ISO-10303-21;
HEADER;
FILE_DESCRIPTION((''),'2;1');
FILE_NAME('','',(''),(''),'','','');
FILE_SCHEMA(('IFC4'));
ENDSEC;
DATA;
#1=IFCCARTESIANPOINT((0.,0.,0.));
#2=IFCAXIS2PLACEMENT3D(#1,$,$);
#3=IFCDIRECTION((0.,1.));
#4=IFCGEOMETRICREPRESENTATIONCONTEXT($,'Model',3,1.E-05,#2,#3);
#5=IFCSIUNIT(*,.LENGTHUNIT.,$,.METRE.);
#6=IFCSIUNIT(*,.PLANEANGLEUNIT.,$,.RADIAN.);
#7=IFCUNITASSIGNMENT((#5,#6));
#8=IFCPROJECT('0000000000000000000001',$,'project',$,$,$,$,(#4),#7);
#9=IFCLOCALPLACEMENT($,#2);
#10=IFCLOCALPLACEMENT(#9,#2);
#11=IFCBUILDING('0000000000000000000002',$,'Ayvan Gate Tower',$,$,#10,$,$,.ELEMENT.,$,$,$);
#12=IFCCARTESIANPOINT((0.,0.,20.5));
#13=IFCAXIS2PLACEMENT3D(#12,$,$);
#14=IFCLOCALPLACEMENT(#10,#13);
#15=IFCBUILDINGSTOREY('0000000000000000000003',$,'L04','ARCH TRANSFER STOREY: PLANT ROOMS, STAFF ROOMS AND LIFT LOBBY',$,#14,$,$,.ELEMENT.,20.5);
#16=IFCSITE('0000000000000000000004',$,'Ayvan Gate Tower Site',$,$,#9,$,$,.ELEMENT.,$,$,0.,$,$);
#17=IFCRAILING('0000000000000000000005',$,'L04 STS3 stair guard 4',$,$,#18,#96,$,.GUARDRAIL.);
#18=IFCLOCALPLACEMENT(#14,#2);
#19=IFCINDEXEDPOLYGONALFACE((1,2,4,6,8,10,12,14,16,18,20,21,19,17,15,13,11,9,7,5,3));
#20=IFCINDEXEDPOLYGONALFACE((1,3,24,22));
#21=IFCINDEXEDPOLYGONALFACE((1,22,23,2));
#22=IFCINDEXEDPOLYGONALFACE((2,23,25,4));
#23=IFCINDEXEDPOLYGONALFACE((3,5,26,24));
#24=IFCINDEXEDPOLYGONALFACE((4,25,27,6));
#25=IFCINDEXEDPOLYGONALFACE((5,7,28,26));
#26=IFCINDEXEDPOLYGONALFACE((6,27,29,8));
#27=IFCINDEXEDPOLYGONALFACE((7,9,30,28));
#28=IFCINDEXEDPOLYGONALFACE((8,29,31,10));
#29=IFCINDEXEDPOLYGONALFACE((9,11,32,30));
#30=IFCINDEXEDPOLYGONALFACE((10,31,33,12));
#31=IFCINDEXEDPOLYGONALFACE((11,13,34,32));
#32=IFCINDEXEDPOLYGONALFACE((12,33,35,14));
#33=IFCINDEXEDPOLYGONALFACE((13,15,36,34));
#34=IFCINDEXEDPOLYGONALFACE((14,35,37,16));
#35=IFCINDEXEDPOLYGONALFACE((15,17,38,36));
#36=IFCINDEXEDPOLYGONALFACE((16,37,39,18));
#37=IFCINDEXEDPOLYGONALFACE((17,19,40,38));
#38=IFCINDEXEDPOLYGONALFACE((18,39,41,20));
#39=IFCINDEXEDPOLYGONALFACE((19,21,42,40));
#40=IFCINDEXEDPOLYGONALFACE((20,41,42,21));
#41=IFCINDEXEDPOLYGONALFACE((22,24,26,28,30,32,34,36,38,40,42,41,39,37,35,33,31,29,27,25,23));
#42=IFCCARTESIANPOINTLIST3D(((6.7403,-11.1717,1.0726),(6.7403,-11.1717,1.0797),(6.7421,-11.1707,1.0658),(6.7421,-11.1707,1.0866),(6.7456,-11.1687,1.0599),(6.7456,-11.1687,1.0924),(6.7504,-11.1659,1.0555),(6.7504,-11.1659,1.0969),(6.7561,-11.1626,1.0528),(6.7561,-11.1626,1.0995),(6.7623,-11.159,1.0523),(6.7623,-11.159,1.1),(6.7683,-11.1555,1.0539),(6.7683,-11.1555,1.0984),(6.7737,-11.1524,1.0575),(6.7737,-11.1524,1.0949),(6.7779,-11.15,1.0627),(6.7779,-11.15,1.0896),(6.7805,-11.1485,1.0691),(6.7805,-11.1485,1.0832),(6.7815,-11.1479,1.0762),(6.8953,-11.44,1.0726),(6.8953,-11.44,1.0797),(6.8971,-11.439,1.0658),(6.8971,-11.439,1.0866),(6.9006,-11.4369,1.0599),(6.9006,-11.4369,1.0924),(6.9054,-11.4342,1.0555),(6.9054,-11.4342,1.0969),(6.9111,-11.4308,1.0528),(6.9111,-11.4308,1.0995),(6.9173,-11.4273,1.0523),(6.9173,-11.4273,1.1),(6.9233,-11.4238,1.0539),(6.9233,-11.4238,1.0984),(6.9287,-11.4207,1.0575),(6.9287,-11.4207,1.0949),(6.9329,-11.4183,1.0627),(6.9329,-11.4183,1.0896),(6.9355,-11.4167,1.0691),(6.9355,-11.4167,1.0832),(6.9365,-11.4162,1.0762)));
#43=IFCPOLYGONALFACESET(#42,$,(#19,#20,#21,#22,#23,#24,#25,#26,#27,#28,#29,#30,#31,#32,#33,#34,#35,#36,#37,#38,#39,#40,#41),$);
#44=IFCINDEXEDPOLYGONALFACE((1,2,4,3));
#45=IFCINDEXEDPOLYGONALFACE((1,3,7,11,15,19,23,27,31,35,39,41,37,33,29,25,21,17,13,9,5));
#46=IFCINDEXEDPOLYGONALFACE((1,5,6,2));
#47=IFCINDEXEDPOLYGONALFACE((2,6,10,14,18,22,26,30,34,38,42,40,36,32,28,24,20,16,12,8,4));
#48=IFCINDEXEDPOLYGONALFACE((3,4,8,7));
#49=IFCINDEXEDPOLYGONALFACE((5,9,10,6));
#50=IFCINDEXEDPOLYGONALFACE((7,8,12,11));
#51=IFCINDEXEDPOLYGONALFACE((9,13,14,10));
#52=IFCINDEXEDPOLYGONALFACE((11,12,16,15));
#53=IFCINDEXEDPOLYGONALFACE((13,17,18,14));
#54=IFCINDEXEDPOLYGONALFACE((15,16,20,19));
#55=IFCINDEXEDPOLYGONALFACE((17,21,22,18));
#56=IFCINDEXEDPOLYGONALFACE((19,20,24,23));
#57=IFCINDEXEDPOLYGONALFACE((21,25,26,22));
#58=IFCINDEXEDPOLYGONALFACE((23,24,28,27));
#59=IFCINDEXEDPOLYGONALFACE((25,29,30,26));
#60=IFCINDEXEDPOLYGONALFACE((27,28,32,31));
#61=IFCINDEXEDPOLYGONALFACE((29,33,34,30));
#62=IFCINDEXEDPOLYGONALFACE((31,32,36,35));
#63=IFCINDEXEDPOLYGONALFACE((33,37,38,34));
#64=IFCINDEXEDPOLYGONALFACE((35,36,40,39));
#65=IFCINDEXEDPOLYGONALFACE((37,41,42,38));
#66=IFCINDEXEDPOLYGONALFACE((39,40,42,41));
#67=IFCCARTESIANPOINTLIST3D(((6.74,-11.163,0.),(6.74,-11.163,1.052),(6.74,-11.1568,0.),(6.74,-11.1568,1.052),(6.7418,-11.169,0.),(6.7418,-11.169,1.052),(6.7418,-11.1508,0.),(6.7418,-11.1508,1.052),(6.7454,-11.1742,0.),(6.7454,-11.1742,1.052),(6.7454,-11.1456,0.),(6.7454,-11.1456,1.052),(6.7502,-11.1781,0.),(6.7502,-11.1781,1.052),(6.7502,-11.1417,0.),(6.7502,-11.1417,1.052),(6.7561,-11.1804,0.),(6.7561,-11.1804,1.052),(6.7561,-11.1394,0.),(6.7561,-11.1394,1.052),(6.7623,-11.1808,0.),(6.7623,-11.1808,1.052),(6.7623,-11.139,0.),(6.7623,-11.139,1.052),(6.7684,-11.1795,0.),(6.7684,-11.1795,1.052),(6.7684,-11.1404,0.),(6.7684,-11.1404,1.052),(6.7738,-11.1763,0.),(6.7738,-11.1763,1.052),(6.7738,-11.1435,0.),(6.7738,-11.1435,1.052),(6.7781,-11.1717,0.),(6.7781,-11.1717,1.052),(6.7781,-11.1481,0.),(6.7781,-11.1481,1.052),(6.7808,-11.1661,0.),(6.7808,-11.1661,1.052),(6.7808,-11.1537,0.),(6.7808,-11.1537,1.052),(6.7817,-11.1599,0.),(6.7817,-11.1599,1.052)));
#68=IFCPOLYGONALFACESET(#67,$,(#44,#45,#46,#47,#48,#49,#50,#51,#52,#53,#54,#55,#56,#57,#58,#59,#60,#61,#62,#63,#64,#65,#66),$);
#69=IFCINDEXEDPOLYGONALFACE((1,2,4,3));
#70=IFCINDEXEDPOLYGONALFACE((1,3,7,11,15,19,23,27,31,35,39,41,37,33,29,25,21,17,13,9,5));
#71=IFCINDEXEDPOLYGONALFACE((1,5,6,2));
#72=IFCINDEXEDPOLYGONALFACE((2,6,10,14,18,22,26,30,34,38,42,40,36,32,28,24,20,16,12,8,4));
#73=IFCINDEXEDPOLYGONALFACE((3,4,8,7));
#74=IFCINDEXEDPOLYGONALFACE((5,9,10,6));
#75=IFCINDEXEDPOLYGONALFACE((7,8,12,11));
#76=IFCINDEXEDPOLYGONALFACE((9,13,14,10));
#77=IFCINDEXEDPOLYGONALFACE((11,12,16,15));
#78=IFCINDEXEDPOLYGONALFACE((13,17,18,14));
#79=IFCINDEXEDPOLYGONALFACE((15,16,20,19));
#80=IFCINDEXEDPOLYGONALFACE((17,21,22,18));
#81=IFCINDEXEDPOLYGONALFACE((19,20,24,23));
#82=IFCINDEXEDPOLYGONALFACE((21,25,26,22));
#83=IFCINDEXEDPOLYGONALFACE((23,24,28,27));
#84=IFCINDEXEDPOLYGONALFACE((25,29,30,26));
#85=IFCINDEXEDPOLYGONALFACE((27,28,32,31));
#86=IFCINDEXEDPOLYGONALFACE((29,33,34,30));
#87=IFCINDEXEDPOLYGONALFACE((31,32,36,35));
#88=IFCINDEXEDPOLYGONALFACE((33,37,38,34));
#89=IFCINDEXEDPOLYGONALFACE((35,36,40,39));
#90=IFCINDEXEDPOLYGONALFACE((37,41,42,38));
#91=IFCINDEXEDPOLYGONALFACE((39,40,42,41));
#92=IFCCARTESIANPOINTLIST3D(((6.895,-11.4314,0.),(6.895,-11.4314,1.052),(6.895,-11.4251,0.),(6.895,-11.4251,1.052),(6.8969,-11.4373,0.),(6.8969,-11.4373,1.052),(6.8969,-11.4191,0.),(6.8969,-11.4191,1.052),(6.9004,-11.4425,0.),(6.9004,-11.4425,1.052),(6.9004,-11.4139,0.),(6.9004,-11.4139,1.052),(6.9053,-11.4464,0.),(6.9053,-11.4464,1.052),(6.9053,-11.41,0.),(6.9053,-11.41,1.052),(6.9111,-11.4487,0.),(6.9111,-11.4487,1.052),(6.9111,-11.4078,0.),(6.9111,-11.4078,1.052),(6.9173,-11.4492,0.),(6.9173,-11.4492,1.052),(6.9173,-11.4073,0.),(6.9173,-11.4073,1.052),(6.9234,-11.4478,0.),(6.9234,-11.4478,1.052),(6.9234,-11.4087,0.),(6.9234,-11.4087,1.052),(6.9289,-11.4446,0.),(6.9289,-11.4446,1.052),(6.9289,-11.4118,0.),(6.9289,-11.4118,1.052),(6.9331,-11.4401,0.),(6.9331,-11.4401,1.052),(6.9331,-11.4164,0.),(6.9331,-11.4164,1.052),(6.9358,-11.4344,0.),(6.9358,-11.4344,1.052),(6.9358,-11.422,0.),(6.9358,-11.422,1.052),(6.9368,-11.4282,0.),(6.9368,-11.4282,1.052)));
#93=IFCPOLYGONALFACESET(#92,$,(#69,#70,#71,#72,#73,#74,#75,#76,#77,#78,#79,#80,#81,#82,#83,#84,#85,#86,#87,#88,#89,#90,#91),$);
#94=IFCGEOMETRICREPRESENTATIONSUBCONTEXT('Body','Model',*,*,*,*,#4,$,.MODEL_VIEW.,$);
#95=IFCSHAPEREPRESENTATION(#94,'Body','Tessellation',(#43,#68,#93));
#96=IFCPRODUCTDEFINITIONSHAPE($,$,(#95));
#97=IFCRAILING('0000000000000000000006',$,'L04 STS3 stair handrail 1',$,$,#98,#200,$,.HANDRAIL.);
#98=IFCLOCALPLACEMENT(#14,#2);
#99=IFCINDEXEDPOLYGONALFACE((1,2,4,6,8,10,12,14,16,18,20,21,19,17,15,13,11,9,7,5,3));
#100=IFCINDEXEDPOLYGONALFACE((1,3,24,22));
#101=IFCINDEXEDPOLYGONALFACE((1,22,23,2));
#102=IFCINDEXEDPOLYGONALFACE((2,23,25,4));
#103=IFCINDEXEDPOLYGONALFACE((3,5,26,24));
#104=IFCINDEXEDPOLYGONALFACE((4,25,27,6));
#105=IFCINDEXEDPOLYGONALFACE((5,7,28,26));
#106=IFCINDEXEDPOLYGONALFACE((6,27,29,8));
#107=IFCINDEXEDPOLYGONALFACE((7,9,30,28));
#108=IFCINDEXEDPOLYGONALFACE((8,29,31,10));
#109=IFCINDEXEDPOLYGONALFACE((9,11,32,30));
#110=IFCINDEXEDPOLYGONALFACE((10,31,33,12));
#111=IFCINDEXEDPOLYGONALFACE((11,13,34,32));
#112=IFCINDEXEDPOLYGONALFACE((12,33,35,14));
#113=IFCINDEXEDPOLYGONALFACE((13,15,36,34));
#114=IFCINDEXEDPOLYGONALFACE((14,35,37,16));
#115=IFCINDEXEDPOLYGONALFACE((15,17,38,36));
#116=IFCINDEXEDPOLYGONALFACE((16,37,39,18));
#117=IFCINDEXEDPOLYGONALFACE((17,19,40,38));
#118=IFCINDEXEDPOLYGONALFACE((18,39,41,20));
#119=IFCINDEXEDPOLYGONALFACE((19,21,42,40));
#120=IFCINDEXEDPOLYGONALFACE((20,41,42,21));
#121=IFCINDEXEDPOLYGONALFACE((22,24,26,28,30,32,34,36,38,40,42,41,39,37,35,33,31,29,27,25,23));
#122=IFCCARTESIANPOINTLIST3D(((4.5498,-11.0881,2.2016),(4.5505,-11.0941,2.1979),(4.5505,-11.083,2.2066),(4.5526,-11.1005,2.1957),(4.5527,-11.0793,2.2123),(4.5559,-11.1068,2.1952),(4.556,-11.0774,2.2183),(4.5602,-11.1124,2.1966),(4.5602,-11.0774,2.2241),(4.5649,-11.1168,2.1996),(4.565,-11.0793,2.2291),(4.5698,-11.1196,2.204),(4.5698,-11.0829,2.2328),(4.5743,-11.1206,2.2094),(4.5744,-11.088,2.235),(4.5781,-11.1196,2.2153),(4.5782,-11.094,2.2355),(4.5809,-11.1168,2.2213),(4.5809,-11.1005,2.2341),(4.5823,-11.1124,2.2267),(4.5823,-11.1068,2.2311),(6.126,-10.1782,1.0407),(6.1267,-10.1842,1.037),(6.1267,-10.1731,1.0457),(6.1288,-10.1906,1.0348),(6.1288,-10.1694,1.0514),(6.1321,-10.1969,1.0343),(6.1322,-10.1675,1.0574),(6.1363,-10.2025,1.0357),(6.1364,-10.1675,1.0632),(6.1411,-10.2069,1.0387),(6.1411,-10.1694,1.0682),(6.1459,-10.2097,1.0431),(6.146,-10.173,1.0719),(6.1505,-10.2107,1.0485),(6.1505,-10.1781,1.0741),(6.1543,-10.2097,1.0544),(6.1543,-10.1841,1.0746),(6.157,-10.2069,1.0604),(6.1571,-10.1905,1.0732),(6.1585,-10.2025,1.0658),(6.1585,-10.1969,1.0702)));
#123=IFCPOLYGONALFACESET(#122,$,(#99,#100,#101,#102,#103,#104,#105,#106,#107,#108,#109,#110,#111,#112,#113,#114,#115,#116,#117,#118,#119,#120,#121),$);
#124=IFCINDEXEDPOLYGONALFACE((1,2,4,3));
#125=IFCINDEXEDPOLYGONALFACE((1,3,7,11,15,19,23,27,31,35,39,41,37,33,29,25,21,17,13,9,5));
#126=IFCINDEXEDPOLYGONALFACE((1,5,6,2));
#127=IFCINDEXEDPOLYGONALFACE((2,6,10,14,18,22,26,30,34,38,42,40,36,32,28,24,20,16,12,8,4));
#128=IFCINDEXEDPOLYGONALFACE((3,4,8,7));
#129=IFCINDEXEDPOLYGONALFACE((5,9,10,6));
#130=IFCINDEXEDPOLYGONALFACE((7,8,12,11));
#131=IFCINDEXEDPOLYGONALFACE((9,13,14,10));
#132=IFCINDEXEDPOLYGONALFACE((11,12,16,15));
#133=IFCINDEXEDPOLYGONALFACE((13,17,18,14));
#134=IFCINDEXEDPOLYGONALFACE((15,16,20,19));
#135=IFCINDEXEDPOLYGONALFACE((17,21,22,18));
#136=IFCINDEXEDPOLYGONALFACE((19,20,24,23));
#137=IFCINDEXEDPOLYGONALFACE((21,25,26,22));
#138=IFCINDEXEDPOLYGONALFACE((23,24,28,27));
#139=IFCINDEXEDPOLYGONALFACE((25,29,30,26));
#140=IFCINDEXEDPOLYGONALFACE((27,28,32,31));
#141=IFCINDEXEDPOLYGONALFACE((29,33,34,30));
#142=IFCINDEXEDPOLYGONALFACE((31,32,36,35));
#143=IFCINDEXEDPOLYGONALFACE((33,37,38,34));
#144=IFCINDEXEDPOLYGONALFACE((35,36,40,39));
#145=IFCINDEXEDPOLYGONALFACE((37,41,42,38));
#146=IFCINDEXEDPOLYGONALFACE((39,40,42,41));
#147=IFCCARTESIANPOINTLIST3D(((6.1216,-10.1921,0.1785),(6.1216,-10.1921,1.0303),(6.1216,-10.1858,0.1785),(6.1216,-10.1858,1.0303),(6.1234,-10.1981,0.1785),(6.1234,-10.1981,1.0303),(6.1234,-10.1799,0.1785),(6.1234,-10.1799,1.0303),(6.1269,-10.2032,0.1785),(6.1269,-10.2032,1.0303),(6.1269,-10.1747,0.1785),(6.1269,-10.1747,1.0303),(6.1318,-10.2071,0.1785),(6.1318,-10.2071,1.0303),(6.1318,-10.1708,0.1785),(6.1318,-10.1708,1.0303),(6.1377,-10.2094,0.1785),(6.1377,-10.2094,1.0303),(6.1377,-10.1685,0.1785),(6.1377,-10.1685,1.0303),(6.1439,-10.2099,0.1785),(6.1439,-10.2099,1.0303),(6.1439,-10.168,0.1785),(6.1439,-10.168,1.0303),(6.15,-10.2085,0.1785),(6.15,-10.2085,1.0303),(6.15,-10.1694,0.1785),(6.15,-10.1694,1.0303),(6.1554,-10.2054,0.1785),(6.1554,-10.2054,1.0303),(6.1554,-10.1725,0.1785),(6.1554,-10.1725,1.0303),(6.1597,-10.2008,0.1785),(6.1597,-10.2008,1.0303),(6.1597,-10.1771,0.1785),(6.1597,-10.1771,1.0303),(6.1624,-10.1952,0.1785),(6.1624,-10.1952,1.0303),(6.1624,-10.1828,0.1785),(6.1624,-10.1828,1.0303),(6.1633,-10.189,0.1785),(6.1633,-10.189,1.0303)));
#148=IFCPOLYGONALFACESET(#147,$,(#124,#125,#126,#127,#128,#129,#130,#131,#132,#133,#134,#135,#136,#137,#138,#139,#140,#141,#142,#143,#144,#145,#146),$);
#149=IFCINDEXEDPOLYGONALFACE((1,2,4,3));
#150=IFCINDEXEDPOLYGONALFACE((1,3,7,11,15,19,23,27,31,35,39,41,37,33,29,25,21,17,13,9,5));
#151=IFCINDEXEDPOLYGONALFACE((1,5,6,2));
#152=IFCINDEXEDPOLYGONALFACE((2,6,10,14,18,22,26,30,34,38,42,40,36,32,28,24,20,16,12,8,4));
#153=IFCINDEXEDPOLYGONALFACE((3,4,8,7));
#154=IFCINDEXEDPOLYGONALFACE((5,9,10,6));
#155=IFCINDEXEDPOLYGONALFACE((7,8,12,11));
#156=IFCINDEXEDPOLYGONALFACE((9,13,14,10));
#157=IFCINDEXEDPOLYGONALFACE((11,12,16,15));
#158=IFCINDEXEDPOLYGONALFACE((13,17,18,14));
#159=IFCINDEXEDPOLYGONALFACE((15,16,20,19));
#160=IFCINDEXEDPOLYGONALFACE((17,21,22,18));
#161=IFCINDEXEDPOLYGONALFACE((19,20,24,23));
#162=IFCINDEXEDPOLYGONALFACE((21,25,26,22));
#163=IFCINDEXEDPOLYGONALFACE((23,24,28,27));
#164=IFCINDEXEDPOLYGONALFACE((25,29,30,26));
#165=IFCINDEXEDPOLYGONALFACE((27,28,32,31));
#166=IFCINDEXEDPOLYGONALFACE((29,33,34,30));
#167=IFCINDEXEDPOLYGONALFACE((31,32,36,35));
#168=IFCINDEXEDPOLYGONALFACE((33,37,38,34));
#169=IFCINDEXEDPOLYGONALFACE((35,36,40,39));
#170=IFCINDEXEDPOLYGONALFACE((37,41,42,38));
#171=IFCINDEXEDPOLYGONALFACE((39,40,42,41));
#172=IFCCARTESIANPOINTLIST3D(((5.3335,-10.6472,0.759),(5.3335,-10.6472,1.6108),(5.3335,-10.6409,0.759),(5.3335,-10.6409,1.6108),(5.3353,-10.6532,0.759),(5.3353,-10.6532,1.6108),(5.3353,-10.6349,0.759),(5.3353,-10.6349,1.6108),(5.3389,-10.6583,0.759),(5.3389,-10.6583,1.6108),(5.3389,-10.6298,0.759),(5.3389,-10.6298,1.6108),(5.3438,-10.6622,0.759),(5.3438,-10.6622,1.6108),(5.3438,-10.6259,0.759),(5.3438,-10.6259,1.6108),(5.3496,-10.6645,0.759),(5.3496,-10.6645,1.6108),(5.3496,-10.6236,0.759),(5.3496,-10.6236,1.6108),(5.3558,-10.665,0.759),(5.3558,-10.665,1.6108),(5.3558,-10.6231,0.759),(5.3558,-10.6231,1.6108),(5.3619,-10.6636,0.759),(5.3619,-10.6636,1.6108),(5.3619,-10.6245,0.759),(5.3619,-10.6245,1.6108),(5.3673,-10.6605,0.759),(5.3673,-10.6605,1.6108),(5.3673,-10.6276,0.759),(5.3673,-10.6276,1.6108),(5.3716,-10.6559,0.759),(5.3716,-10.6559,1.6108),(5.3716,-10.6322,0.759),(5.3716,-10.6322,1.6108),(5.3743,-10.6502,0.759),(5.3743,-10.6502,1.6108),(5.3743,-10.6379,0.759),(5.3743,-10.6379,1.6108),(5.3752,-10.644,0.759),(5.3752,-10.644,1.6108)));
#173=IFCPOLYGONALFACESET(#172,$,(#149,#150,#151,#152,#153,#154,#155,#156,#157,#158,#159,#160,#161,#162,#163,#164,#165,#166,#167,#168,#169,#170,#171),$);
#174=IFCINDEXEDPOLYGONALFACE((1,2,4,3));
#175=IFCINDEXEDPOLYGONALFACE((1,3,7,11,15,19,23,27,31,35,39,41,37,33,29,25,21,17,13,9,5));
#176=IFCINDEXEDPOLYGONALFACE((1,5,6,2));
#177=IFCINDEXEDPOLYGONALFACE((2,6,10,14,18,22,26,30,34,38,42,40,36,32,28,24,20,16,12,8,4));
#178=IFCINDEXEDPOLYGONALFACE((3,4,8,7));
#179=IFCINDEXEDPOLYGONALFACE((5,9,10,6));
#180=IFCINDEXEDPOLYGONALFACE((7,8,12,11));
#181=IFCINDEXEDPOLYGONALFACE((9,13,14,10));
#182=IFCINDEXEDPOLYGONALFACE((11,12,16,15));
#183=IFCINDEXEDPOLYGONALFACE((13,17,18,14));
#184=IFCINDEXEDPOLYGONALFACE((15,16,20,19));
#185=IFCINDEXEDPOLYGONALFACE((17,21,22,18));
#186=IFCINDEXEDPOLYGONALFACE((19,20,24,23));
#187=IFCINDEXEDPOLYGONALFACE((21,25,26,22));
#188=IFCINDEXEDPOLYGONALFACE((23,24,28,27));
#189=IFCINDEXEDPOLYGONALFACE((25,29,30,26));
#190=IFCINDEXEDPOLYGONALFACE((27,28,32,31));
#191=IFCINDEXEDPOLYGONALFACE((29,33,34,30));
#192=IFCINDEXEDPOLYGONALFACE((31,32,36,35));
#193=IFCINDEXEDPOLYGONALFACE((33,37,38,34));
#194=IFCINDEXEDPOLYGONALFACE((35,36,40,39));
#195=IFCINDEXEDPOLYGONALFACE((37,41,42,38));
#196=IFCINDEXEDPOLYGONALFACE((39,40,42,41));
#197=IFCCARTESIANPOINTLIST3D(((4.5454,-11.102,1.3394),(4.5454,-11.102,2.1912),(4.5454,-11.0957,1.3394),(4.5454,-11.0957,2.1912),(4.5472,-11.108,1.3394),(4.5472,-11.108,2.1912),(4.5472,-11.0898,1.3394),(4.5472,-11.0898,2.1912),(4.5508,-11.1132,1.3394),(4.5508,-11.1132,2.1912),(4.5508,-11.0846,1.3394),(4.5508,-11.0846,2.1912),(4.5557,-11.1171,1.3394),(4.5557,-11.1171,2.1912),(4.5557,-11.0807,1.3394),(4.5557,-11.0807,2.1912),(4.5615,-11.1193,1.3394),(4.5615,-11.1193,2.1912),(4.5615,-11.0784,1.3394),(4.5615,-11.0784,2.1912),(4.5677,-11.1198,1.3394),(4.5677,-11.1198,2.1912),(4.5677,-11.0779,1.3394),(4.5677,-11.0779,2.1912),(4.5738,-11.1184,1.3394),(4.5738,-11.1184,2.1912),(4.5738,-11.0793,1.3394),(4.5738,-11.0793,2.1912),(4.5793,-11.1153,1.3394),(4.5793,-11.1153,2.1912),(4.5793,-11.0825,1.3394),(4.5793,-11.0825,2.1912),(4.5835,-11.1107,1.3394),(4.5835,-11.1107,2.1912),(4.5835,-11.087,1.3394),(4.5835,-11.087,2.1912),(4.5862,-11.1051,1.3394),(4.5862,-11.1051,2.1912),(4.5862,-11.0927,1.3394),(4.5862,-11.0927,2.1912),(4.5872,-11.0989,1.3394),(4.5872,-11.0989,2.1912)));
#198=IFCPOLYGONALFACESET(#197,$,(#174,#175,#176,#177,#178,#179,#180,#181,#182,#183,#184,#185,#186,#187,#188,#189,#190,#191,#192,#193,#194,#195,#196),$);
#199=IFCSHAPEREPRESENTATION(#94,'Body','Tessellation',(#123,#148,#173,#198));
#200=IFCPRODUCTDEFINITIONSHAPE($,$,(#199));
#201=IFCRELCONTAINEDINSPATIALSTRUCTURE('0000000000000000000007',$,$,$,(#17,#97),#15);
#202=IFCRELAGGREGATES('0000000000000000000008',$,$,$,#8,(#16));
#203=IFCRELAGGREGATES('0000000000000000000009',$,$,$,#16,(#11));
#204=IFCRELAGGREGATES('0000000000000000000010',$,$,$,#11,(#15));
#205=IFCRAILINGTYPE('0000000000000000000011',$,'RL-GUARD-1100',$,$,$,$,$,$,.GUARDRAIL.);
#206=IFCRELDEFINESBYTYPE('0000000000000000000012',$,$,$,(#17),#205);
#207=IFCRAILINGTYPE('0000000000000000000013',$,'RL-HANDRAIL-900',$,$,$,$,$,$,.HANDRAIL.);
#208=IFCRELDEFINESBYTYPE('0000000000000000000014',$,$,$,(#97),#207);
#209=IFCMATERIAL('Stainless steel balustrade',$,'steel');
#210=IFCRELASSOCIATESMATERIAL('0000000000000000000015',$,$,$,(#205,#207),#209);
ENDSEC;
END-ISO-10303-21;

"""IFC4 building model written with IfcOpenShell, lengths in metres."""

from ifc_helpers import new_model, si_unit, direction, frame, origin, origin_2d, place, context, subcontext, project, spatial, circle, extrude, material, type_object, element, save


model = new_model("IFC4")

# Units and contexts
model_context = context("Model", 3, precision=1e-05, world=origin(), true_north=direction((0.0, 1.0)))
body_context = subcontext(model_context, "Body", "Model", "MODEL_VIEW")
ifc_project = project(units=[si_unit("LENGTHUNIT", "METRE"), si_unit("PLANEANGLEUNIT", "RADIAN")], contexts=[model_context])

# Site, building, storey
site_placement = place(None, origin())
site = spatial("IfcSite", under=ifc_project, at=site_placement, Name="Ayvan Gate Tower Site", CompositionType="ELEMENT", RefElevation=0.0)
building_placement = place(site_placement, origin())
building = spatial("IfcBuilding", under=site, at=building_placement, Name="Ayvan Gate Tower", CompositionType="ELEMENT")
storey_placement = place(building_placement, frame((0.0, 0.0, 20.5)))
storey = spatial("IfcBuildingStorey", under=building, at=storey_placement, Name="L04", Description="ARCH TRANSFER STOREY: PLANT ROOMS, STAFF ROOMS AND LIFT LOBBY", CompositionType="ELEMENT", Elevation=20.5)

# Railings
ifc_material_1 = material(Name="Stainless steel balustrade", Category="steel")
railing_type_1 = type_object("IfcRailingType", Name="RL-GUARD-1100", PredefinedType="GUARDRAIL", material=ifc_material_1)
railing_1_placement = place(storey_placement, frame((6.7607, -11.1599, 0.0)))
element("IfcRailing", 1, at=railing_1_placement, inside=storey, type_object=railing_type_1, Name="L04 STS3 stair guard 4", PredefinedType="GUARDRAIL", context=body_context, shape_type="SweptSolid", body=[
    extrude(circle(Radius=0.0239, at=origin_2d()), frame((0.0, 0.0, 1.0762), z_axis=(0.500291, -0.865857, 0.0), x_axis=(0.865857, 0.500291, 0.0)), (0.0, 0.0, 1.0), 0.3098),
    extrude(circle(Radius=0.021, at=origin_2d()), origin(), (0.0, 0.0, 1.0), 1.052),
    extrude(circle(Radius=0.021, at=origin_2d()), frame((0.155, -0.2683, 0.0)), (0.0, 0.0, 1.0), 1.052),
])
railing_type_2 = type_object("IfcRailingType", Name="RL-HANDRAIL-900", PredefinedType="HANDRAIL", material=ifc_material_1)
railing_2_placement = place(storey_placement, frame((6.1423, -10.189, 0.1785)))
element("IfcRailing", 2, at=railing_2_placement, inside=storey, type_object=railing_type_2, Name="L04 STS3 stair handrail 1", PredefinedType="HANDRAIL", context=body_context, shape_type="SweptSolid", body=[
    extrude(circle(Radius=0.0239, at=origin_2d()), frame((0.0, 0.0, 0.876), z_axis=(-0.730154, -0.421512, 0.537776), x_axis=(0.499962, -0.866047, 0.0)), (0.0, 0.0, 1.0), 2.1587),
    extrude(circle(Radius=0.021, at=origin_2d()), origin(), (0.0, 0.0, 1.0), 0.8518),
    extrude(circle(Radius=0.021, at=origin_2d()), frame((-0.7881, -0.4551, 0.5806)), (0.0, 0.0, 1.0), 0.8518),
    extrude(circle(Radius=0.021, at=origin_2d()), frame((-1.5762, -0.9099, 1.1609)), (0.0, 0.0, 1.0), 0.8518),
])

save(model, "model.ifc")
